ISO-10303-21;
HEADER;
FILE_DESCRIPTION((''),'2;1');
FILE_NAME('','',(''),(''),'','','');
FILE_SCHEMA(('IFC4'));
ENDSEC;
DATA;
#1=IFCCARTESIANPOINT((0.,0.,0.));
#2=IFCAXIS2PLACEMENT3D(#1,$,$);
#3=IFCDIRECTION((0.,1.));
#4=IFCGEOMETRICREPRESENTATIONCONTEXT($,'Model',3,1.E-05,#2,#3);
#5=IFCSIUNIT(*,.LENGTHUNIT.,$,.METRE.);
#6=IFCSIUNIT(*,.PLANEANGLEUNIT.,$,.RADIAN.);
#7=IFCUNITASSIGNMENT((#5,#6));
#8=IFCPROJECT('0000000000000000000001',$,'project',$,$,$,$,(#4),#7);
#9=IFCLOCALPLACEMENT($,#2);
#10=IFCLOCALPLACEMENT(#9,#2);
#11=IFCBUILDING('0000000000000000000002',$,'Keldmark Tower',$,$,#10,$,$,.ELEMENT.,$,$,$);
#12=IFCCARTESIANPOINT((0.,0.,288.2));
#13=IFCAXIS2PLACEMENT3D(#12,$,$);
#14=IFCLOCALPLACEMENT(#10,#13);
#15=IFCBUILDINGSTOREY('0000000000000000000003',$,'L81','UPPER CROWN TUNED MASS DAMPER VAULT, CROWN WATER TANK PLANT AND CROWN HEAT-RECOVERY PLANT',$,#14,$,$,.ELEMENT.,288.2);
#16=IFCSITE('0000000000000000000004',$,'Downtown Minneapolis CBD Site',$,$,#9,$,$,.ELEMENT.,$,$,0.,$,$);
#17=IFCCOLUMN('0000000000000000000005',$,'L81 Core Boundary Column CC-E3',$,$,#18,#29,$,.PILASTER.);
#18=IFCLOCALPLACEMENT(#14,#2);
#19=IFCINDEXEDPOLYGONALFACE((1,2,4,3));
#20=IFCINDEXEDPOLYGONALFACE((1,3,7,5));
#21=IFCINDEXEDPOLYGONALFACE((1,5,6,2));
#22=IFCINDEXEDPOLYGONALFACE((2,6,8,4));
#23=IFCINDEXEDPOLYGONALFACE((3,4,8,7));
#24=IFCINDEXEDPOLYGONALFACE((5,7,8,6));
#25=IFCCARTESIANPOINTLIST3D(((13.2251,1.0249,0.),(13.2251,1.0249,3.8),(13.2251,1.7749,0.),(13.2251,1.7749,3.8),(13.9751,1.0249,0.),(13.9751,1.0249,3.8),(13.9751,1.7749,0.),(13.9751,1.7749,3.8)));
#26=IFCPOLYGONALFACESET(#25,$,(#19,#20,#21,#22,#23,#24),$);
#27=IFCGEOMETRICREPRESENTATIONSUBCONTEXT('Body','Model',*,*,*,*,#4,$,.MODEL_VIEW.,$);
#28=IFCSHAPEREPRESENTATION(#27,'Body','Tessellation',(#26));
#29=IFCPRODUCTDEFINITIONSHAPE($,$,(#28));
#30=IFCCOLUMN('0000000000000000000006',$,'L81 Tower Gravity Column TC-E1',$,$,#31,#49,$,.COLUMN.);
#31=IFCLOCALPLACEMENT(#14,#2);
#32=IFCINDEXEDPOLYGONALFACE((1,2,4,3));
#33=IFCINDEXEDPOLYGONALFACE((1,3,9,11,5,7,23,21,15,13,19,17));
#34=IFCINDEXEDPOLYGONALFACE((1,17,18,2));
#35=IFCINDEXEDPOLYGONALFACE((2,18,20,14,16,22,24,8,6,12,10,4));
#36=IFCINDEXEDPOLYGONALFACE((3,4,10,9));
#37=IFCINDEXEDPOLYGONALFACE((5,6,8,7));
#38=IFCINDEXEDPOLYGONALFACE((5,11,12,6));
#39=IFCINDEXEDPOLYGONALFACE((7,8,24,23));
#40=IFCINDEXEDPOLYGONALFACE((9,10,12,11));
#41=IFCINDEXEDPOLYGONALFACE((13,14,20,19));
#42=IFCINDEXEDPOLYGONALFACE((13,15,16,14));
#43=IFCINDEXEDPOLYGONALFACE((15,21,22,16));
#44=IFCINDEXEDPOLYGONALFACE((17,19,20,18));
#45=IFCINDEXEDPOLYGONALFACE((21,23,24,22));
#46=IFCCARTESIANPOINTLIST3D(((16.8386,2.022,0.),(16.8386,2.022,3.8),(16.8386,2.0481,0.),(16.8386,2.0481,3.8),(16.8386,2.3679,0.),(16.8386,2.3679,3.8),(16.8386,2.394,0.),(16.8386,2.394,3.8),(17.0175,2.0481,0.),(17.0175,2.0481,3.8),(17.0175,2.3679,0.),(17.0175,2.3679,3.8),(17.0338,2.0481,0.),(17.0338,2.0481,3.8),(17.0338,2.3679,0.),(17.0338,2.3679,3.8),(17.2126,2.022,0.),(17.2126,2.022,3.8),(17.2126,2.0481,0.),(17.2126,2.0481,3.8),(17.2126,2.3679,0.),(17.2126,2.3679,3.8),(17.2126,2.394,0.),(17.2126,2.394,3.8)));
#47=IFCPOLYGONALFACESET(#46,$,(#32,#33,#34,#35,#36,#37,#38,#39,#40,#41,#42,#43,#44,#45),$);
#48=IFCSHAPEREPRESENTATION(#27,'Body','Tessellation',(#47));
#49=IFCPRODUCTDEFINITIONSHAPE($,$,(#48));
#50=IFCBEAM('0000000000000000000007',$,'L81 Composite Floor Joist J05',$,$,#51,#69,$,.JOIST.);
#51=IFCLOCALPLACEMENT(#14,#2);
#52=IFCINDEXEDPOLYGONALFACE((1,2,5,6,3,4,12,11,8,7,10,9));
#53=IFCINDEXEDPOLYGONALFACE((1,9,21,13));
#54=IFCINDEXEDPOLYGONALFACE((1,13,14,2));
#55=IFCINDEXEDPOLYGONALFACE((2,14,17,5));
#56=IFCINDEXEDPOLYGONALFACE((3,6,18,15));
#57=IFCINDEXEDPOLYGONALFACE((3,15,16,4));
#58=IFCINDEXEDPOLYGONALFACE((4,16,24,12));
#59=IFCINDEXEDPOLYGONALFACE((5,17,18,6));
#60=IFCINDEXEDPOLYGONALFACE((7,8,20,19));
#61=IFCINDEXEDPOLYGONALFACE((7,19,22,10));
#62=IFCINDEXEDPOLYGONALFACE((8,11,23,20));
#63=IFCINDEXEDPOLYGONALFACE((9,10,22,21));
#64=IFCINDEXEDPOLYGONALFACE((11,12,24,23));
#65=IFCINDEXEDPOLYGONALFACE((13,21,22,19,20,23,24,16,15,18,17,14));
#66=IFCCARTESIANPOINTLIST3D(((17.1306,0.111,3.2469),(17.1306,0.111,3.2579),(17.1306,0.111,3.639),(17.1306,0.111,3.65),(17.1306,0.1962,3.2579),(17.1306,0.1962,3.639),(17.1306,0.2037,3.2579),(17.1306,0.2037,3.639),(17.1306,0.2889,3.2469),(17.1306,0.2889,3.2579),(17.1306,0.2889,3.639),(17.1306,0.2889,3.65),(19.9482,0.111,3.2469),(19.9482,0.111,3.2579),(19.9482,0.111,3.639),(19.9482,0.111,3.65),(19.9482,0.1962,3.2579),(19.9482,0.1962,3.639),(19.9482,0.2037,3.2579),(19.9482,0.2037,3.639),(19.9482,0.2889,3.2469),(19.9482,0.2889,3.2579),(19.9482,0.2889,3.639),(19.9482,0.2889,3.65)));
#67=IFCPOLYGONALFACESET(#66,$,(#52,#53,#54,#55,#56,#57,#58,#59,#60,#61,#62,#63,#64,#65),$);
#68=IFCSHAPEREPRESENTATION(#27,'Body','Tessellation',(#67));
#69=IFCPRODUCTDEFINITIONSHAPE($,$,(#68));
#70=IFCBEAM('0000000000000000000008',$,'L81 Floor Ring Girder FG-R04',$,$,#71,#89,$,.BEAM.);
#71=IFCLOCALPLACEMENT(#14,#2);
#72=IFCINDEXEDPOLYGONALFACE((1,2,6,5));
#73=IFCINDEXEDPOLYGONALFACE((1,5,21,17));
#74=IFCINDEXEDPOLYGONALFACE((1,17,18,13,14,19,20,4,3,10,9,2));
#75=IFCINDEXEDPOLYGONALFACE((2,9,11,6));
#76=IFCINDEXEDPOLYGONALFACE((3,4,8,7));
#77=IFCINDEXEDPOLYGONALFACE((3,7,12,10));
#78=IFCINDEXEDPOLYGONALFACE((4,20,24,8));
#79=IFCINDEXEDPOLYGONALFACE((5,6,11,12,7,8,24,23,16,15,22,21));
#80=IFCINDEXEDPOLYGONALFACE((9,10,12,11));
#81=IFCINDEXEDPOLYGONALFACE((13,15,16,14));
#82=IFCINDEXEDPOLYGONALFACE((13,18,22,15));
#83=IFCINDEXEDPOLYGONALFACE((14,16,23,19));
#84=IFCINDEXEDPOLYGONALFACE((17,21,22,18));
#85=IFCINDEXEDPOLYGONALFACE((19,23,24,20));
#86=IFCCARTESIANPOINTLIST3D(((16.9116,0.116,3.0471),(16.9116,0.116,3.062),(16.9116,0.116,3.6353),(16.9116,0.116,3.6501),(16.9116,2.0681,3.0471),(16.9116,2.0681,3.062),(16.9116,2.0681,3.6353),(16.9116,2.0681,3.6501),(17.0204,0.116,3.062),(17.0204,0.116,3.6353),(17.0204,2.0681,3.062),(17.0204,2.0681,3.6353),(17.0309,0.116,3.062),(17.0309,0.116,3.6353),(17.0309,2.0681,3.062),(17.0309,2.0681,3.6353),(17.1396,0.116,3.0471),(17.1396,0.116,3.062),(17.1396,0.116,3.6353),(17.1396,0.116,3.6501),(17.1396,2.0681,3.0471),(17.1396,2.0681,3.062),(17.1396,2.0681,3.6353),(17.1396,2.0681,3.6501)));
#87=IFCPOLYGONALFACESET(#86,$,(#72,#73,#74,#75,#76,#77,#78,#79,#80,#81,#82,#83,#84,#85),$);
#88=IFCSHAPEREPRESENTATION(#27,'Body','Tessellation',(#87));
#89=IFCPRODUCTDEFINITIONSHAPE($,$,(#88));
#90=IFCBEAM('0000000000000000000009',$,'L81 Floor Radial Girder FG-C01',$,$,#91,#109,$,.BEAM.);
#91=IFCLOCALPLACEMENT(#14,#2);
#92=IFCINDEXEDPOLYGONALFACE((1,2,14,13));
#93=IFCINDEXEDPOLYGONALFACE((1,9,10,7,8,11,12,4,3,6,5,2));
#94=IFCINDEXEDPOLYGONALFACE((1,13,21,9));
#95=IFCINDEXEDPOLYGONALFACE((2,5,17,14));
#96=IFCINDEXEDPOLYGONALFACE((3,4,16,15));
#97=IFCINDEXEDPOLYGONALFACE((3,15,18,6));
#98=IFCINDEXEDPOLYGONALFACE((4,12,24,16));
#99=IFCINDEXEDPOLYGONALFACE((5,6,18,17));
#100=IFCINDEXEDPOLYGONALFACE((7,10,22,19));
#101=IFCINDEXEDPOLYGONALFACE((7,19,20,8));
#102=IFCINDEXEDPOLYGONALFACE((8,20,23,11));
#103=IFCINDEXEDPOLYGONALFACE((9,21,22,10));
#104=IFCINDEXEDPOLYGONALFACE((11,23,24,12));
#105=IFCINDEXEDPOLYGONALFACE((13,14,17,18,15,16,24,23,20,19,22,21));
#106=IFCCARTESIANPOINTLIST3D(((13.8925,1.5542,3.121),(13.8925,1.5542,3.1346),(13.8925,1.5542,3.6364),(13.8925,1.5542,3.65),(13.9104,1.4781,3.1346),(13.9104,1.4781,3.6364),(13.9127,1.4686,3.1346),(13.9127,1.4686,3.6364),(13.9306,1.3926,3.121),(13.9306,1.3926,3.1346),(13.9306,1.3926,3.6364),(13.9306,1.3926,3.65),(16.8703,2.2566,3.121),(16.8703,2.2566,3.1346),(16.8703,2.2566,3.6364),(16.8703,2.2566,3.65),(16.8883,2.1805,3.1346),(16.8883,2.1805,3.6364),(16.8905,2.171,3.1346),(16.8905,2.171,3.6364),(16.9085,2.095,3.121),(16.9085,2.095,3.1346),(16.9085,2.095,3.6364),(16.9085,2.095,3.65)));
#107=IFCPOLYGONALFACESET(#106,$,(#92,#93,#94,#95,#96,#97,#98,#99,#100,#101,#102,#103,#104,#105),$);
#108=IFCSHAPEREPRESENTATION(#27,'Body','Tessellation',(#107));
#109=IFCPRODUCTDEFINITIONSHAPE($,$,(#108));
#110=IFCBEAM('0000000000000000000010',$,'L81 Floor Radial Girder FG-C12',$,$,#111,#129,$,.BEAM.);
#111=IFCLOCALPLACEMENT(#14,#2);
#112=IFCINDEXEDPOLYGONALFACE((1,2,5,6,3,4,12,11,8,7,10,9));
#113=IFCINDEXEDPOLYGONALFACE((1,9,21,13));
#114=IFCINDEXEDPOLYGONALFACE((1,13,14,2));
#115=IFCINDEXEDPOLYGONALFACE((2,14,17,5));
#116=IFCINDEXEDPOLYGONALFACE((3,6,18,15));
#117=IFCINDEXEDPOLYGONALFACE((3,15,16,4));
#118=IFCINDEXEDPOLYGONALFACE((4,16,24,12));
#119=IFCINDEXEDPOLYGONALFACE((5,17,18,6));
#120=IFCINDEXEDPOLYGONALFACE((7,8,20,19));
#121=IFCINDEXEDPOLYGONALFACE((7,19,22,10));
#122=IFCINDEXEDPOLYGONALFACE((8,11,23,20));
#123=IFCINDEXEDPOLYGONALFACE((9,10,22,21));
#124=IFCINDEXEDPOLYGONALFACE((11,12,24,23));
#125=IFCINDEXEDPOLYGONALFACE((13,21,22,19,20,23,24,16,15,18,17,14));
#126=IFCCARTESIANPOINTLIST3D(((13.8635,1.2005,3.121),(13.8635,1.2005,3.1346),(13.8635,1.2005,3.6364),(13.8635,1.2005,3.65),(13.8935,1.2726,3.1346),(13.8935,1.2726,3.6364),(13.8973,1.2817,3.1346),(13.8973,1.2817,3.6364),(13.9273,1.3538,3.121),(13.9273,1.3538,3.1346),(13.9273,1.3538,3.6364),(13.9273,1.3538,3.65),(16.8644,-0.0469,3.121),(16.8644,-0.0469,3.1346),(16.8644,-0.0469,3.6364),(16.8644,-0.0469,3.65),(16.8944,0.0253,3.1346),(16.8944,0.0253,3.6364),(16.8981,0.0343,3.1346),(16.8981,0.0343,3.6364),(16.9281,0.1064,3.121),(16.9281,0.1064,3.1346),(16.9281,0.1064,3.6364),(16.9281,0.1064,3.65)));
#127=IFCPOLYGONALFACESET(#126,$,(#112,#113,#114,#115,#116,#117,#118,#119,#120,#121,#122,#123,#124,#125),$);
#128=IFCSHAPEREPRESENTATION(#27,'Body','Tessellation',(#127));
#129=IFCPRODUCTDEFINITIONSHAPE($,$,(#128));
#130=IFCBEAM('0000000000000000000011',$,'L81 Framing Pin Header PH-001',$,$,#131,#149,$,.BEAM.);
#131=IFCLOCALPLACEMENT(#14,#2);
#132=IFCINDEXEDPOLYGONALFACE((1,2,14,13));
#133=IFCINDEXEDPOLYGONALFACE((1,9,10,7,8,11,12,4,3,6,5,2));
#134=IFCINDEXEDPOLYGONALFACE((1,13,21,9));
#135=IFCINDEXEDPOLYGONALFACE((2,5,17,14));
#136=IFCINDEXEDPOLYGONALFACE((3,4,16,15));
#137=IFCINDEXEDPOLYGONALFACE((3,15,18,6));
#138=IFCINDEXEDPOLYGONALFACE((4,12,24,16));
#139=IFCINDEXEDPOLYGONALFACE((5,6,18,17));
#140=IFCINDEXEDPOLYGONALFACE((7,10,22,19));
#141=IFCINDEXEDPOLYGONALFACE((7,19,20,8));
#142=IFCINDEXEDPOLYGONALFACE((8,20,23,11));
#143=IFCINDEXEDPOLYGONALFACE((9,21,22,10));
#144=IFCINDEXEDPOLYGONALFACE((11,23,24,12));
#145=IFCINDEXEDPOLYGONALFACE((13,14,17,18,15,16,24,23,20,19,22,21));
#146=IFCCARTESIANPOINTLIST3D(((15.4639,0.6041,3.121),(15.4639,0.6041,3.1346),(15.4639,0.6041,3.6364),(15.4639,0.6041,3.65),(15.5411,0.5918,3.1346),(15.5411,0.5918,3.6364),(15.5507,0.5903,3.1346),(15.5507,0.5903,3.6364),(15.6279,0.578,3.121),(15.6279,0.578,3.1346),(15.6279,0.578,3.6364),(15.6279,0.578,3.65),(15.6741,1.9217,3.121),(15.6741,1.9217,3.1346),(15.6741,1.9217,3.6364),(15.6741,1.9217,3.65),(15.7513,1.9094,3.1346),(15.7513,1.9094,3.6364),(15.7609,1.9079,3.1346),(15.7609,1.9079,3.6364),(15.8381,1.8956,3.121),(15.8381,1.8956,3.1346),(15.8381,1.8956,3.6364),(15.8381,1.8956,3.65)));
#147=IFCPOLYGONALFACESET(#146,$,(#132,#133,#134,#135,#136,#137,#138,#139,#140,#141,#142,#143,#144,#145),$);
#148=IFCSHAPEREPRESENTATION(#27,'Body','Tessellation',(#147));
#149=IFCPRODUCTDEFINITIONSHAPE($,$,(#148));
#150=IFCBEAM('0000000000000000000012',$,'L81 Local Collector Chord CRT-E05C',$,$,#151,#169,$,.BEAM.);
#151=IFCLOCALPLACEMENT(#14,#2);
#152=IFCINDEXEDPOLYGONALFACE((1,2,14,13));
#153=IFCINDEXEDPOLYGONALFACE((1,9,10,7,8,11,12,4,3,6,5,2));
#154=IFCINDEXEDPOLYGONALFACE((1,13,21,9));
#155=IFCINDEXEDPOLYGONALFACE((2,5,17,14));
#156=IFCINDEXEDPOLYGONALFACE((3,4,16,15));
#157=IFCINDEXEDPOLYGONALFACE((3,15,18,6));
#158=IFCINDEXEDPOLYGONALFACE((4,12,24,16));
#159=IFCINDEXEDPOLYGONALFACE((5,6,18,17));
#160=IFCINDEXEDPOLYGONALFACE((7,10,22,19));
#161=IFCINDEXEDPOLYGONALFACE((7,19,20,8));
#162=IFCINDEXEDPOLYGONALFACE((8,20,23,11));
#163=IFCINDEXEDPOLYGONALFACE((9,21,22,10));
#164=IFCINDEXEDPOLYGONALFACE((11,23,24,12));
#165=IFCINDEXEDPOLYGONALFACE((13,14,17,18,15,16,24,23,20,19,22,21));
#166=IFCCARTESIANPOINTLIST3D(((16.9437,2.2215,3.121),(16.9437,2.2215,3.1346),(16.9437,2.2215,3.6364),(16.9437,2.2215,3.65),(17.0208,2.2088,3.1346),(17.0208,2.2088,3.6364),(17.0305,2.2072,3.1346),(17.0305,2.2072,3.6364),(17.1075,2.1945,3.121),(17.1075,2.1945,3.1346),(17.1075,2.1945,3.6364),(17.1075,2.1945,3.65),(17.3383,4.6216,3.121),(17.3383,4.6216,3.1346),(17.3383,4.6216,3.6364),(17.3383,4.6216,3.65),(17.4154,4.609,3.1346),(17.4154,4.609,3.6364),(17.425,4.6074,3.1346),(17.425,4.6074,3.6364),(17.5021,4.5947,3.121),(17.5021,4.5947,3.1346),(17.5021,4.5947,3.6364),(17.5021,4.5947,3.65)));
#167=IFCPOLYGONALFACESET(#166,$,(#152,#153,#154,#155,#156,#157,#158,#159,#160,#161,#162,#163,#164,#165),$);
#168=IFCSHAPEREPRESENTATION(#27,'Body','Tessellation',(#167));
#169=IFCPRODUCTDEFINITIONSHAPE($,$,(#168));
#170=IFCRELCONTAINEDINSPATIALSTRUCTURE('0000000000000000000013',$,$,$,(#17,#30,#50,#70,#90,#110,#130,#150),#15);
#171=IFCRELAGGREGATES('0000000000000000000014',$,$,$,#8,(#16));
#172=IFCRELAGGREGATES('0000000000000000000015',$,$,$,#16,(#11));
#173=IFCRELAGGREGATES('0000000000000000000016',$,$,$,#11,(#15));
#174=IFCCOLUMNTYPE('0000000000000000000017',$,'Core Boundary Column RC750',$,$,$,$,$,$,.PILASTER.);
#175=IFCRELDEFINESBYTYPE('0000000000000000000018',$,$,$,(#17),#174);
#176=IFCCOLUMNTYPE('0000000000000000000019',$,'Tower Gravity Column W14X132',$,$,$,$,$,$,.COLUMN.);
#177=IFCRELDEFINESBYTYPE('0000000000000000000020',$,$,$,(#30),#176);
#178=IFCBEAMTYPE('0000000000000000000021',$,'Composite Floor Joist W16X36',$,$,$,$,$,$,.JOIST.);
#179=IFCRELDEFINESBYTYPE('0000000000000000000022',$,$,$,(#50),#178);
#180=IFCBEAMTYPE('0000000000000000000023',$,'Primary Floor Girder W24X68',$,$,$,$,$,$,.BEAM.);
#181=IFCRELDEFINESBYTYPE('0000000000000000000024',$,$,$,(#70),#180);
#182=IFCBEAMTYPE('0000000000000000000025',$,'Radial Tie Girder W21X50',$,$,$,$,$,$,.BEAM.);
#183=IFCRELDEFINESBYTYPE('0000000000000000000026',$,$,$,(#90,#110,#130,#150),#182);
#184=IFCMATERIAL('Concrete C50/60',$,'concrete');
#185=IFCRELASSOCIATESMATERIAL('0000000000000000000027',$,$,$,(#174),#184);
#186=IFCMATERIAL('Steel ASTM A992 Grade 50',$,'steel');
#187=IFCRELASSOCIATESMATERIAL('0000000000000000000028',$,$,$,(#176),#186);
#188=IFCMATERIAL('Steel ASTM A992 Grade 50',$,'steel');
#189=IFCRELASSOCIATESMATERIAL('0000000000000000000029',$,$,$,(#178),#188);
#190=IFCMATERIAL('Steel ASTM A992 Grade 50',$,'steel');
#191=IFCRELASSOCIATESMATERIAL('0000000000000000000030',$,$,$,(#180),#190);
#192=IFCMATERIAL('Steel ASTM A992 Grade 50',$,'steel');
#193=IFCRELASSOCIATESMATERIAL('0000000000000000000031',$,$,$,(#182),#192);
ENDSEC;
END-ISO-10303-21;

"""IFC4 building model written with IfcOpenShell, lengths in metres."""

from ifc_helpers import new_model, si_unit, direction, frame, origin, origin_2d, place, context, subcontext, project, spatial, rectangle, i_section, extrude, material, material_profile, profile_set, type_object, element, save


model = new_model("IFC4")

# Units and contexts
model_context = context("Model", 3, precision=1e-05, world=origin(), true_north=direction((0.0, 1.0)))
body_context = subcontext(model_context, "Body", "Model", "MODEL_VIEW")
ifc_project = project(units=[si_unit("LENGTHUNIT", "METRE"), si_unit("PLANEANGLEUNIT", "RADIAN")], contexts=[model_context])

# Site, building, storey
site_placement = place(None, origin())
site = spatial("IfcSite", under=ifc_project, at=site_placement, Name="Downtown Minneapolis CBD Site", CompositionType="ELEMENT", RefElevation=0.0)
building_placement = place(site_placement, origin())
building = spatial("IfcBuilding", under=site, at=building_placement, Name="Keldmark Tower", CompositionType="ELEMENT")
storey_placement = place(building_placement, frame((0.0, 0.0, 288.2)))
storey = spatial("IfcBuildingStorey", under=building, at=storey_placement, Name="L81", Description="UPPER CROWN TUNED MASS DAMPER VAULT, CROWN WATER TANK PLANT AND CROWN HEAT-RECOVERY PLANT", CompositionType="ELEMENT", Elevation=288.2)

# Columns
ifc_material_1 = material(Name="Concrete C50/60", Category="concrete")
ifc_material_profile_1 = material_profile(ifc_material_1, rectangle(XDim=0.75, YDim=0.75, at=origin_2d()), Name="RC750X750")
ifc_profile_set_1 = profile_set([ifc_material_profile_1], Name="Concrete C50/60")
column_type_1 = type_object("IfcColumnType", Name="Core Boundary Column RC750", PredefinedType="PILASTER", material=ifc_profile_set_1)
column_1_placement = place(storey_placement, frame((13.6001, 1.3999, 0.0), z_axis=(0.0, 0.0, 1.0), x_axis=(1.0, 0.0, 0.0)))
element("IfcColumn", 1, at=column_1_placement, inside=storey, type_object=column_type_1, Name="L81 Core Boundary Column CC-E3", PredefinedType="PILASTER", context=body_context, shape_type="SweptSolid", body=[
    extrude(rectangle(XDim=0.75, YDim=0.75, at=origin_2d()), origin(), (0.0, 0.0, 1.0), 3.8),
])
ifc_material_2 = material(Name="Steel ASTM A992 Grade 50", Category="steel")
ifc_material_profile_2 = material_profile(ifc_material_2, i_section(OverallWidth=0.374, OverallDepth=0.3721, WebThickness=0.0164, FlangeThickness=0.0261, at=origin_2d()), Name="W14X132")
ifc_profile_set_2 = profile_set([ifc_material_profile_2], Name="Steel ASTM A992 Grade 50")
column_type_2 = type_object("IfcColumnType", Name="Tower Gravity Column W14X132", PredefinedType="COLUMN", material=ifc_profile_set_2)
column_2_placement = place(storey_placement, frame((17.0256, 2.208, 0.0), z_axis=(0.0, 0.0, 1.0), x_axis=(1.0, 0.0, 0.0)))
element("IfcColumn", 2, at=column_2_placement, inside=storey, type_object=column_type_2, Name="L81 Tower Gravity Column TC-E1", PredefinedType="COLUMN", context=body_context, shape_type="SweptSolid", body=[
    extrude(i_section(OverallWidth=0.374, OverallDepth=0.3721, WebThickness=0.0164, FlangeThickness=0.0261, at=origin_2d()), origin(), (0.0, 0.0, 1.0), 3.8),
])

# Beams
ifc_material_3 = material(Name="Steel ASTM A992 Grade 50", Category="steel")
ifc_material_profile_3 = material_profile(ifc_material_3, i_section(OverallWidth=0.178, OverallDepth=0.4031, WebThickness=0.0076, FlangeThickness=0.011, at=origin_2d()), Name="W16X36")
ifc_profile_set_3 = profile_set([ifc_material_profile_3], Name="Steel ASTM A992 Grade 50")
beam_type_1 = type_object("IfcBeamType", Name="Composite Floor Joist W16X36", PredefinedType="JOIST", material=ifc_profile_set_3)
beam_1_placement = place(storey_placement, frame((17.1306, 0.2, 3.4485), z_axis=(1.0, 0.0, 0.0), x_axis=(0.0, 1.0, 0.0)))
element("IfcBeam", 3, at=beam_1_placement, inside=storey, type_object=beam_type_1, Name="L81 Composite Floor Joist J05", PredefinedType="JOIST", context=body_context, shape_type="SweptSolid", body=[
    extrude(i_section(OverallWidth=0.178, OverallDepth=0.4031, WebThickness=0.0076, FlangeThickness=0.011, at=origin_2d()), origin(), (0.0, 0.0, 1.0), 2.8176),
])
ifc_material_4 = material(Name="Steel ASTM A992 Grade 50", Category="steel")
ifc_material_profile_4 = material_profile(ifc_material_4, i_section(OverallWidth=0.228, OverallDepth=0.603, WebThickness=0.0105, FlangeThickness=0.0149, at=origin_2d()), Name="W24X68")
ifc_profile_set_4 = profile_set([ifc_material_profile_4], Name="Steel ASTM A992 Grade 50")
beam_type_2 = type_object("IfcBeamType", Name="Primary Floor Girder W24X68", PredefinedType="BEAM", material=ifc_profile_set_4)
beam_2_placement = place(storey_placement, frame((17.0256, 0.116, 3.3486), z_axis=(0.0, 1.0, 0.0), x_axis=(-1.0, 0.0, 0.0)))
element("IfcBeam", 4, at=beam_2_placement, inside=storey, type_object=beam_type_2, Name="L81 Floor Ring Girder FG-R04", PredefinedType="BEAM", context=body_context, shape_type="SweptSolid", body=[
    extrude(i_section(OverallWidth=0.228, OverallDepth=0.603, WebThickness=0.0105, FlangeThickness=0.0149, at=origin_2d()), origin(), (0.0, 0.0, 1.0), 1.9521),
])
ifc_material_5 = material(Name="Steel ASTM A992 Grade 50", Category="steel")
ifc_material_profile_5 = material_profile(ifc_material_5, i_section(OverallWidth=0.166, OverallDepth=0.5291, WebThickness=0.0098, FlangeThickness=0.0137, at=origin_2d()), Name="W21X50")
ifc_profile_set_5 = profile_set([ifc_material_profile_5], Name="Steel ASTM A992 Grade 50")
beam_type_3 = type_object("IfcBeamType", Name="Radial Tie Girder W21X50", PredefinedType="BEAM", material=ifc_profile_set_5)
beam_3_placement = place(storey_placement, frame((16.8894, 2.1758, 3.3855), z_axis=(-0.97329, -0.229577, 0.0), x_axis=(0.229577, -0.97329, 0.0)))
element("IfcBeam", 5, at=beam_3_placement, inside=storey, type_object=beam_type_3, Name="L81 Floor Radial Girder FG-C01", PredefinedType="BEAM", context=body_context, shape_type="SweptSolid", body=[
    extrude(i_section(OverallWidth=0.166, OverallDepth=0.5291, WebThickness=0.0098, FlangeThickness=0.0137, at=origin_2d()), origin(), (0.0, 0.0, 1.0), 3.0596),
])
beam_4_placement = place(storey_placement, frame((16.8962, 0.0298, 3.3855), z_axis=(-0.923403, 0.383831, 0.0), x_axis=(-0.383831, -0.923403, 0.0)))
element("IfcBeam", 6, at=beam_4_placement, inside=storey, type_object=beam_type_3, Name="L81 Floor Radial Girder FG-C12", PredefinedType="BEAM", context=body_context, shape_type="SweptSolid", body=[
    extrude(i_section(OverallWidth=0.166, OverallDepth=0.5291, WebThickness=0.0098, FlangeThickness=0.0137, at=origin_2d()), origin(), (0.0, 0.0, 1.0), 3.2498),
])
beam_5_placement = place(storey_placement, frame((15.5459, 0.5911, 3.3855), z_axis=(0.157541, 0.987512, 0.0), x_axis=(-0.987512, 0.157541, 0.0)))
element("IfcBeam", 7, at=beam_5_placement, inside=storey, type_object=beam_type_3, Name="L81 Framing Pin Header PH-001", PredefinedType="BEAM", context=body_context, shape_type="SweptSolid", body=[
    extrude(i_section(OverallWidth=0.166, OverallDepth=0.5291, WebThickness=0.0098, FlangeThickness=0.0137, at=origin_2d()), origin(), (0.0, 0.0, 1.0), 1.3342),
])
beam_6_placement = place(storey_placement, frame((17.0256, 2.208, 3.3855), z_axis=(0.162201, 0.986758, 0.0), x_axis=(-0.986758, 0.162201, 0.0)))
element("IfcBeam", 8, at=beam_6_placement, inside=storey, type_object=beam_type_3, Name="L81 Local Collector Chord CRT-E05C", PredefinedType="BEAM", context=body_context, shape_type="SweptSolid", body=[
    extrude(i_section(OverallWidth=0.166, OverallDepth=0.5291, WebThickness=0.0098, FlangeThickness=0.0137, at=origin_2d()), origin(), (0.0, 0.0, 1.0), 2.4324),
])

save(model, "model.ifc")
